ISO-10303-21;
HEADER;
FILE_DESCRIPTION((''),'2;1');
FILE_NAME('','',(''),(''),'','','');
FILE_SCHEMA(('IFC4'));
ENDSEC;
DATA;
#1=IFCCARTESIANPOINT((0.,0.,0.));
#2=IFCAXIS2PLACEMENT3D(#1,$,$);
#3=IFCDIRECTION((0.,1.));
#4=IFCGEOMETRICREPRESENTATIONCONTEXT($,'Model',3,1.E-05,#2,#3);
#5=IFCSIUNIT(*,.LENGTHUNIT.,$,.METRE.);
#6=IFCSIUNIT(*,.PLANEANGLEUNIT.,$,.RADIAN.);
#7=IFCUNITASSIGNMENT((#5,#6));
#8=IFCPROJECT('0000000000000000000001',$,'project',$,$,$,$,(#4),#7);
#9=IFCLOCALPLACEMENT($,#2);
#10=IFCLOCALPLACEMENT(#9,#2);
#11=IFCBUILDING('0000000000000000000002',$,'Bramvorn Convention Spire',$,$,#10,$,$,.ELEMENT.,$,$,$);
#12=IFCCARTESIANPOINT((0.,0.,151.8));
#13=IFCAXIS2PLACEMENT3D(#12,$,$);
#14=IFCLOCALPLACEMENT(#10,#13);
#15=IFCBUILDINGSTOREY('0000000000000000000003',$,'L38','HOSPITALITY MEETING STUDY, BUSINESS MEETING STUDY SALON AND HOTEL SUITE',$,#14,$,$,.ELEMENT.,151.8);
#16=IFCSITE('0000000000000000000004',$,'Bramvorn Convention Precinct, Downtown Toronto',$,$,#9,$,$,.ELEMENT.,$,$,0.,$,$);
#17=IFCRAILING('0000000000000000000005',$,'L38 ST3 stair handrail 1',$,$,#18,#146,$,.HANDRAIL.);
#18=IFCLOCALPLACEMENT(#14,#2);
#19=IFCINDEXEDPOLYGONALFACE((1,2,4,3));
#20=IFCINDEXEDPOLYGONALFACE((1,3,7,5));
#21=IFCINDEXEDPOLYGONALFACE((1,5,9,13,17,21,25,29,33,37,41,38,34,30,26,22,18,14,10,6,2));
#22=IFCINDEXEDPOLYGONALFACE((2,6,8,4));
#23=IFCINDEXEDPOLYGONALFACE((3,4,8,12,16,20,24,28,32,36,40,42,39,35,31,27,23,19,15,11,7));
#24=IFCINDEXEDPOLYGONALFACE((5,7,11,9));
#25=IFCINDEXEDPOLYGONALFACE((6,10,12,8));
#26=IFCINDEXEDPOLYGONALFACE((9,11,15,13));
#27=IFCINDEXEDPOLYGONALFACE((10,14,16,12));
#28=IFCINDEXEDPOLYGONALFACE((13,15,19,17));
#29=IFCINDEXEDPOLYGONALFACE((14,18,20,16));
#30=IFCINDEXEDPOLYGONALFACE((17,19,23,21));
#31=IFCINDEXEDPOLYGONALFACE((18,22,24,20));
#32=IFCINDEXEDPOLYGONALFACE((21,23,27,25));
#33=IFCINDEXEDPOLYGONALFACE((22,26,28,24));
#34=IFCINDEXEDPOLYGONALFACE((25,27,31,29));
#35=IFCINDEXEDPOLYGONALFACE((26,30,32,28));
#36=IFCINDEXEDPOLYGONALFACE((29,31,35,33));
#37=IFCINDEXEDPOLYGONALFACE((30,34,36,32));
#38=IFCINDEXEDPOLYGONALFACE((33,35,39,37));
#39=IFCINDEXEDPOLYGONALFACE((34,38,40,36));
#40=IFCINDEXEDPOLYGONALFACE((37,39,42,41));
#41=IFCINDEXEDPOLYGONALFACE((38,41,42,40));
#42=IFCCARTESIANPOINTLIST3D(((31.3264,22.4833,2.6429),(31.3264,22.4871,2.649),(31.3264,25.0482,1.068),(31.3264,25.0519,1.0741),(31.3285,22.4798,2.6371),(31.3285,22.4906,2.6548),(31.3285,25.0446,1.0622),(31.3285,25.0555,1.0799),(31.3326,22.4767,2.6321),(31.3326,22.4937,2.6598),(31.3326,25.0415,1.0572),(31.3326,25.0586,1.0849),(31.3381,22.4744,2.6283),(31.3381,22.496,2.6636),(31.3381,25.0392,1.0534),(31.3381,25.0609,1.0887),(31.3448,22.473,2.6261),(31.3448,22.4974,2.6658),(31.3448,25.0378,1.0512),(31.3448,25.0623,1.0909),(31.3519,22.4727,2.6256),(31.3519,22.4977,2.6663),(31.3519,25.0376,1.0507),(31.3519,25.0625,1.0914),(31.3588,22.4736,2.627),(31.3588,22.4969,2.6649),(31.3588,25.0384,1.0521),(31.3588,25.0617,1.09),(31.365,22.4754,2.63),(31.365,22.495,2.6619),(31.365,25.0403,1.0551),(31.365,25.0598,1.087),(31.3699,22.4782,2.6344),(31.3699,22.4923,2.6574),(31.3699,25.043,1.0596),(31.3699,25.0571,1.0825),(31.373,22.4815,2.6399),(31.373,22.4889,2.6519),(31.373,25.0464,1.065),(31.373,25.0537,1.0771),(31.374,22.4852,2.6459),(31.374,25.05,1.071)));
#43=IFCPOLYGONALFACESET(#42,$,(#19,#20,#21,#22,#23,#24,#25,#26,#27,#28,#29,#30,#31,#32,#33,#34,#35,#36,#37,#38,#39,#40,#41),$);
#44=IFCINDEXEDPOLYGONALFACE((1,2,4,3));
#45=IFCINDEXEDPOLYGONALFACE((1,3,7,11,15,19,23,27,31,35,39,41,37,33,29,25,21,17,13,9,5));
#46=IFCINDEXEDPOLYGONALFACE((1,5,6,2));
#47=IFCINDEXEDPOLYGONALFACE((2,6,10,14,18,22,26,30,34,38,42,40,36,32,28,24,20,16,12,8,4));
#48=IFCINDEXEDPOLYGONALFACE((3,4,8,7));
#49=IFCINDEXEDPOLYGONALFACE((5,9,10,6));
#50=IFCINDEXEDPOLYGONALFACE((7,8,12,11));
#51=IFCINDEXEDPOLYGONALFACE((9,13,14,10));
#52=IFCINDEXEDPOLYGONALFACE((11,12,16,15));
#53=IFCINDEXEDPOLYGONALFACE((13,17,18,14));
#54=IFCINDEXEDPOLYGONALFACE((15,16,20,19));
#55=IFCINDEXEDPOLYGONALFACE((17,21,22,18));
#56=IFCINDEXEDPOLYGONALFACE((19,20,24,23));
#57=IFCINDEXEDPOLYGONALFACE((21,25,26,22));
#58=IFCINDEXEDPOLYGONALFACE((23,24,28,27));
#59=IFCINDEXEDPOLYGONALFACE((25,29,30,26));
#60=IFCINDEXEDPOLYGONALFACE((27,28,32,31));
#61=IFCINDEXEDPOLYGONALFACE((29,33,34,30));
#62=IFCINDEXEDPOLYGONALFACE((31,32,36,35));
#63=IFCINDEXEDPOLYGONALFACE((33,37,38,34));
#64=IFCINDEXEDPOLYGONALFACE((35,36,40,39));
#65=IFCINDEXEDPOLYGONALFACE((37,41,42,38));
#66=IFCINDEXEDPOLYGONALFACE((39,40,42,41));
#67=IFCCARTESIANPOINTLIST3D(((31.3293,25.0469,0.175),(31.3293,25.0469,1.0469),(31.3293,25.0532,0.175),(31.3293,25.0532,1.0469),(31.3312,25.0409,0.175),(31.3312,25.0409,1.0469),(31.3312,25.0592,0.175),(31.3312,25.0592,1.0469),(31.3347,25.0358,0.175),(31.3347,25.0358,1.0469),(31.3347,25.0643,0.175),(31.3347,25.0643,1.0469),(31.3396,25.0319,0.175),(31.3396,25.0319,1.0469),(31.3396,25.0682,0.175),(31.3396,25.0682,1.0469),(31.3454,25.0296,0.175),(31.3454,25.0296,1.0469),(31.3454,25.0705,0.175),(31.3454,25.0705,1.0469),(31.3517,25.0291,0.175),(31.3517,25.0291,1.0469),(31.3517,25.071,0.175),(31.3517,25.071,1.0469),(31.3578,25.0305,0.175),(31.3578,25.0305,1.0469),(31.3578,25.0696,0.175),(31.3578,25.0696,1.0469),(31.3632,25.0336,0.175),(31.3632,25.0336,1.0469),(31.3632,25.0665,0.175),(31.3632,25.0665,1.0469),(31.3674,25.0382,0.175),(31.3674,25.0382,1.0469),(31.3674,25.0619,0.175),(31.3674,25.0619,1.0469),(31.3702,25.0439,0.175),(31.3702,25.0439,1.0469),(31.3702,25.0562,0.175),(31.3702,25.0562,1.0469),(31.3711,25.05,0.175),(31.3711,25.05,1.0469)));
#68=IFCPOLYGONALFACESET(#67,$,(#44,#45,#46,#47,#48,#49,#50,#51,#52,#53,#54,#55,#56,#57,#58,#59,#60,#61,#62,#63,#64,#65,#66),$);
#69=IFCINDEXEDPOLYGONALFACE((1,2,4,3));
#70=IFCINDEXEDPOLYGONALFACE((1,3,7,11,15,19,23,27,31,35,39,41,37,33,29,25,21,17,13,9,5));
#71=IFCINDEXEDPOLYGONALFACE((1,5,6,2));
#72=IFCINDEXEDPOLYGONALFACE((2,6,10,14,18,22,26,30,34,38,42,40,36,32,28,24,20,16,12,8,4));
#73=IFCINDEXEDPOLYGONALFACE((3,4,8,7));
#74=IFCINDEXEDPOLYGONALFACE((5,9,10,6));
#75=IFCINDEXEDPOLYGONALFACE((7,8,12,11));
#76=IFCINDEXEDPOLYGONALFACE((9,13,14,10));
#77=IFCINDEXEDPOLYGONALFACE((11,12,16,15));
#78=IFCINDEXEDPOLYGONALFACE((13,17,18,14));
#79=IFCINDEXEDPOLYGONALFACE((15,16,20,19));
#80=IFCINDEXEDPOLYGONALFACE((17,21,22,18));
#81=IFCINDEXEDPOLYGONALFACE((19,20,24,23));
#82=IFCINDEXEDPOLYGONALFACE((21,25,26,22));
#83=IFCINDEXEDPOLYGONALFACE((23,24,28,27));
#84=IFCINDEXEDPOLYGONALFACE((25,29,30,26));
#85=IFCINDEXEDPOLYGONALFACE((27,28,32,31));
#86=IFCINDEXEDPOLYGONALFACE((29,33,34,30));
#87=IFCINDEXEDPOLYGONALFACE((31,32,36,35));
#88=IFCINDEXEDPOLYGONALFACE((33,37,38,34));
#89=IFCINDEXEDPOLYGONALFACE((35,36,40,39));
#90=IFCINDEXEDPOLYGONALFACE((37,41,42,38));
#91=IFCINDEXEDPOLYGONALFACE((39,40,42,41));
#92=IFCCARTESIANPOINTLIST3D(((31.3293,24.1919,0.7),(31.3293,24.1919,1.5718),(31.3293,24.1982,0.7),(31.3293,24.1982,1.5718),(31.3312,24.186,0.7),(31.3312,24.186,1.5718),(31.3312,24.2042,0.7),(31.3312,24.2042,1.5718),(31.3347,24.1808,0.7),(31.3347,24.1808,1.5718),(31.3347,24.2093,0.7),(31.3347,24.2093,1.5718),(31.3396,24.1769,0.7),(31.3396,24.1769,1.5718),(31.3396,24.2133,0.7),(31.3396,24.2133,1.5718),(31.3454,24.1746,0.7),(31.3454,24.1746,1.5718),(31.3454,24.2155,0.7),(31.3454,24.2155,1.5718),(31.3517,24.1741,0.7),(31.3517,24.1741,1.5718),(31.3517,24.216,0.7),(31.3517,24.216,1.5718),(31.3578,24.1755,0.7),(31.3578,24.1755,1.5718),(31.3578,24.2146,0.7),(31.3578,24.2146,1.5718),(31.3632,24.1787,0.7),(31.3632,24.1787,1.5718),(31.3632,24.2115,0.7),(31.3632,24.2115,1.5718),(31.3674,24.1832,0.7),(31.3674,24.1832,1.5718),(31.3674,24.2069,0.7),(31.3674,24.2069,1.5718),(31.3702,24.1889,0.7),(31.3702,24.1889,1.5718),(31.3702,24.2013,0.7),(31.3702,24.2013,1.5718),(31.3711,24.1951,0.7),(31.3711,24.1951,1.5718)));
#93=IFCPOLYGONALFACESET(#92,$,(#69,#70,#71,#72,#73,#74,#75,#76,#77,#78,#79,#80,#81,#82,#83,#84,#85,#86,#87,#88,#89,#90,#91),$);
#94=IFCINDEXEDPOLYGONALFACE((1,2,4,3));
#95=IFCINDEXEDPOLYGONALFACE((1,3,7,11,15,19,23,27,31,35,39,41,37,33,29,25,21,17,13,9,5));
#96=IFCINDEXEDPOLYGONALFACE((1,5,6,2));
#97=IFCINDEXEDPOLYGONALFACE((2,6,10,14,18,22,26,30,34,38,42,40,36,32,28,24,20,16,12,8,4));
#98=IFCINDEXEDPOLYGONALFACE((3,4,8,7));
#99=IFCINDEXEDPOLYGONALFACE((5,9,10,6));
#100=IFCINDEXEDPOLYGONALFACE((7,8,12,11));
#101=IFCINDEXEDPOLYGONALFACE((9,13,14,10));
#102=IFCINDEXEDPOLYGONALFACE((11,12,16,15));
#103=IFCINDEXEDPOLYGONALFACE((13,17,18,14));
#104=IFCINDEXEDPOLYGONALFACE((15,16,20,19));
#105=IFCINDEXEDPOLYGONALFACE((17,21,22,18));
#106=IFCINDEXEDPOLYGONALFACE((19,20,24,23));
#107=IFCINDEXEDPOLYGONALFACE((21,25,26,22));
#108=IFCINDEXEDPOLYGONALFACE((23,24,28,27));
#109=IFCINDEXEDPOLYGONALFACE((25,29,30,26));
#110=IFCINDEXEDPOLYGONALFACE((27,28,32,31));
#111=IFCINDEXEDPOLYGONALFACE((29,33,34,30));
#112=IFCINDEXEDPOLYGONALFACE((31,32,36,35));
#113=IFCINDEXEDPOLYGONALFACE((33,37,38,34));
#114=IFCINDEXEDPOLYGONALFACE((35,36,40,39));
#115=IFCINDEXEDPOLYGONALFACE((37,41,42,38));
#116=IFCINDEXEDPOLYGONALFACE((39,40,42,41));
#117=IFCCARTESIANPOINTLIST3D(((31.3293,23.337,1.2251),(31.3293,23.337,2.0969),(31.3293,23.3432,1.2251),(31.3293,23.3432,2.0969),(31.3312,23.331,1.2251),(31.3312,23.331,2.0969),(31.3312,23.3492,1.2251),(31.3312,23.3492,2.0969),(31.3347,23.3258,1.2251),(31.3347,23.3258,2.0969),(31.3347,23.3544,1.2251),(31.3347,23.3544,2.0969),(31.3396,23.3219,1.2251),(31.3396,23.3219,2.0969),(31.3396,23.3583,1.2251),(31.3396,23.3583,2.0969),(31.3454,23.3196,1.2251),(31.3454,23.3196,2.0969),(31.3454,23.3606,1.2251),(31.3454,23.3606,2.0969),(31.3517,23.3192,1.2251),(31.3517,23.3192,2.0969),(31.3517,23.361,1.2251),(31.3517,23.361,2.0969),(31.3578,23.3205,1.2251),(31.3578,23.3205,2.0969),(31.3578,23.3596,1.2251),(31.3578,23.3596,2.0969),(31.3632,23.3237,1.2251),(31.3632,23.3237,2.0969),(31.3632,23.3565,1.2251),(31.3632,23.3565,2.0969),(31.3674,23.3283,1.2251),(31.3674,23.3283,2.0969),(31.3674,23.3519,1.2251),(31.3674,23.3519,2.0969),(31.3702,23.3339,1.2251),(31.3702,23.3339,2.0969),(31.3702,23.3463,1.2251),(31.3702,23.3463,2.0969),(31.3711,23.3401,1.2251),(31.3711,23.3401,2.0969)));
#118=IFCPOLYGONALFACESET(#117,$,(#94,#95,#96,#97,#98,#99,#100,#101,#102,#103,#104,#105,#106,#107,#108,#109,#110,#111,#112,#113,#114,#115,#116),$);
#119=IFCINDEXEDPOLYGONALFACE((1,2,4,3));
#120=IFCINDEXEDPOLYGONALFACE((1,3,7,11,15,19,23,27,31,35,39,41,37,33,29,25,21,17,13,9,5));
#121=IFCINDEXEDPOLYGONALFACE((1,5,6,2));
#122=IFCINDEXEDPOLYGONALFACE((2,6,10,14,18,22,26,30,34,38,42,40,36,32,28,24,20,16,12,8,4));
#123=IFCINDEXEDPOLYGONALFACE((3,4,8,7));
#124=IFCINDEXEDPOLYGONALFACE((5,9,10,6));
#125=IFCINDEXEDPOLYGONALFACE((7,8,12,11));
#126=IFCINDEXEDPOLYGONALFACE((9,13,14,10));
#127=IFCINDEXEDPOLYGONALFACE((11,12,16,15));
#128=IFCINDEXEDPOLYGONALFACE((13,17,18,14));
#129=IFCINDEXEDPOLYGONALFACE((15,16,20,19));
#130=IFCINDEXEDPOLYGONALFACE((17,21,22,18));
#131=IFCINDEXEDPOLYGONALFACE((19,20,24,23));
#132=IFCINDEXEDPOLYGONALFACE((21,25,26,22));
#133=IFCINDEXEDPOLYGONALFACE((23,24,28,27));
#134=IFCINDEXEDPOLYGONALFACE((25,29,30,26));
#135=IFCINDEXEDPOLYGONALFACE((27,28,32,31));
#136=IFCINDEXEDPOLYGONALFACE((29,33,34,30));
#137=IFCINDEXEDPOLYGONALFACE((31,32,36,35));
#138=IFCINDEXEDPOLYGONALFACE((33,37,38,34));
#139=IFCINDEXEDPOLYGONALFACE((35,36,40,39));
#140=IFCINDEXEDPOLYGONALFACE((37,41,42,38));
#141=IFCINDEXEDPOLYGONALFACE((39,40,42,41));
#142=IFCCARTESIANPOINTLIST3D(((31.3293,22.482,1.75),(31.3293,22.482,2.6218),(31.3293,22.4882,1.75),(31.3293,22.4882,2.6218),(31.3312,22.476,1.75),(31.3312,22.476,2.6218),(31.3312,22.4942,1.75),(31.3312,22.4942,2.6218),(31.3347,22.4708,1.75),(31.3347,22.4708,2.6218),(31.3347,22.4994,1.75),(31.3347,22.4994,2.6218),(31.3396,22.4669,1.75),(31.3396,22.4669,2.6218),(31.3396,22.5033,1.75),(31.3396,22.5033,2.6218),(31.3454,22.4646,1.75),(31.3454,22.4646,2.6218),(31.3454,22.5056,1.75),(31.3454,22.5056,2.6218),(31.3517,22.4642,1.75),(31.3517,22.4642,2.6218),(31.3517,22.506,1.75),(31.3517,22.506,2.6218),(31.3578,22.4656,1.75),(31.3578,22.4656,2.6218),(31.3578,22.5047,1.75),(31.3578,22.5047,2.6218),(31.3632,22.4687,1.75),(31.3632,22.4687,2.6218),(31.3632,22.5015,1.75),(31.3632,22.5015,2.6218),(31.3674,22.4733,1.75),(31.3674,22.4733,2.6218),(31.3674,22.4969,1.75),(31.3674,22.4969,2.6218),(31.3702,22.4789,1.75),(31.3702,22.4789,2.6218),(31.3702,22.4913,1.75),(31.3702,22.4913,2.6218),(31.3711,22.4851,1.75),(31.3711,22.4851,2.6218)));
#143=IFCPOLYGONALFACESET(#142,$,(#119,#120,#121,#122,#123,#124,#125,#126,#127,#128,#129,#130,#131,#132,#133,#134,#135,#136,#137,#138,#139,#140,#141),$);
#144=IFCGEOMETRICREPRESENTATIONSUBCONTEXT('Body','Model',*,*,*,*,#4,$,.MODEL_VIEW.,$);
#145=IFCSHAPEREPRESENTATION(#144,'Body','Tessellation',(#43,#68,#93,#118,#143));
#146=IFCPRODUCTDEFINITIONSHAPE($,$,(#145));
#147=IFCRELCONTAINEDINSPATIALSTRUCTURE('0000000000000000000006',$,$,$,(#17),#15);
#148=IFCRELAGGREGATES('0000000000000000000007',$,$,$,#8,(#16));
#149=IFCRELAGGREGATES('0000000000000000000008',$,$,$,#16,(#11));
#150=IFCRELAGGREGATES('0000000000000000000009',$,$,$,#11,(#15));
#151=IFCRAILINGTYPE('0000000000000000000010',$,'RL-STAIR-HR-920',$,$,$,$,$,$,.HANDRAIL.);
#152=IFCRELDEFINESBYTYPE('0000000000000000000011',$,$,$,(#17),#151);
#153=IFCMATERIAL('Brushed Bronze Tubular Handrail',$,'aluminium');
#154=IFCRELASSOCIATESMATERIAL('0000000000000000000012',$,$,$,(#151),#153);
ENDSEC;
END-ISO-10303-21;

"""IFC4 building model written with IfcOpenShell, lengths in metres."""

from ifc_helpers import new_model, si_unit, direction, frame, origin, origin_2d, place, context, subcontext, project, spatial, circle, extrude, material, type_object, element, save


model = new_model("IFC4")

# Units and contexts
model_context = context("Model", 3, precision=1e-05, world=origin(), true_north=direction((0.0, 1.0)))
body_context = subcontext(model_context, "Body", "Model", "MODEL_VIEW")
ifc_project = project(units=[si_unit("LENGTHUNIT", "METRE"), si_unit("PLANEANGLEUNIT", "RADIAN")], contexts=[model_context])

# Site, building, storey
site_placement = place(None, origin())
site = spatial("IfcSite", under=ifc_project, at=site_placement, Name="Bramvorn Convention Precinct, Downtown Toronto", CompositionType="ELEMENT", RefElevation=0.0)
building_placement = place(site_placement, origin())
building = spatial("IfcBuilding", under=site, at=building_placement, Name="Bramvorn Convention Spire", CompositionType="ELEMENT")
storey_placement = place(building_placement, frame((0.0, 0.0, 151.8)))
storey = spatial("IfcBuildingStorey", under=building, at=storey_placement, Name="L38", Description="HOSPITALITY MEETING STUDY, BUSINESS MEETING STUDY SALON AND HOTEL SUITE", CompositionType="ELEMENT", Elevation=151.8)

# Railing
ifc_material_1 = material(Name="Brushed Bronze Tubular Handrail", Category="aluminium")
railing_type_1 = type_object("IfcRailingType", Name="RL-STAIR-HR-920", PredefinedType="HANDRAIL", material=ifc_material_1)
railing_1_placement = place(storey_placement, frame((31.3501, 25.05, 0.175)))
element("IfcRailing", 1, at=railing_1_placement, inside=storey, type_object=railing_type_1, Name="L38 ST3 stair handrail 1", PredefinedType="HANDRAIL", context=body_context, shape_type="SweptSolid", body=[
    extrude(circle(Radius=0.0239, at=origin_2d()), frame((0.0, 0.0, 0.896), z_axis=(0.0, -0.852173, 0.52326), x_axis=(1.0, 0.0, 0.0)), (0.0, 0.0, 1.0), 3.0098),
    extrude(circle(Radius=0.021, at=origin_2d()), origin(), (0.0, 0.0, 1.0), 0.8718),
    extrude(circle(Radius=0.021, at=origin_2d()), frame((0.0, -0.855, 0.5249)), (0.0, 0.0, 1.0), 0.8718),
    extrude(circle(Radius=0.021, at=origin_2d()), frame((0.0, -1.71, 1.05)), (0.0, 0.0, 1.0), 0.8718),
    extrude(circle(Radius=0.021, at=origin_2d()), frame((0.0, -2.5649, 1.575)), (0.0, 0.0, 1.0), 0.8718),
])

save(model, "model.ifc")
